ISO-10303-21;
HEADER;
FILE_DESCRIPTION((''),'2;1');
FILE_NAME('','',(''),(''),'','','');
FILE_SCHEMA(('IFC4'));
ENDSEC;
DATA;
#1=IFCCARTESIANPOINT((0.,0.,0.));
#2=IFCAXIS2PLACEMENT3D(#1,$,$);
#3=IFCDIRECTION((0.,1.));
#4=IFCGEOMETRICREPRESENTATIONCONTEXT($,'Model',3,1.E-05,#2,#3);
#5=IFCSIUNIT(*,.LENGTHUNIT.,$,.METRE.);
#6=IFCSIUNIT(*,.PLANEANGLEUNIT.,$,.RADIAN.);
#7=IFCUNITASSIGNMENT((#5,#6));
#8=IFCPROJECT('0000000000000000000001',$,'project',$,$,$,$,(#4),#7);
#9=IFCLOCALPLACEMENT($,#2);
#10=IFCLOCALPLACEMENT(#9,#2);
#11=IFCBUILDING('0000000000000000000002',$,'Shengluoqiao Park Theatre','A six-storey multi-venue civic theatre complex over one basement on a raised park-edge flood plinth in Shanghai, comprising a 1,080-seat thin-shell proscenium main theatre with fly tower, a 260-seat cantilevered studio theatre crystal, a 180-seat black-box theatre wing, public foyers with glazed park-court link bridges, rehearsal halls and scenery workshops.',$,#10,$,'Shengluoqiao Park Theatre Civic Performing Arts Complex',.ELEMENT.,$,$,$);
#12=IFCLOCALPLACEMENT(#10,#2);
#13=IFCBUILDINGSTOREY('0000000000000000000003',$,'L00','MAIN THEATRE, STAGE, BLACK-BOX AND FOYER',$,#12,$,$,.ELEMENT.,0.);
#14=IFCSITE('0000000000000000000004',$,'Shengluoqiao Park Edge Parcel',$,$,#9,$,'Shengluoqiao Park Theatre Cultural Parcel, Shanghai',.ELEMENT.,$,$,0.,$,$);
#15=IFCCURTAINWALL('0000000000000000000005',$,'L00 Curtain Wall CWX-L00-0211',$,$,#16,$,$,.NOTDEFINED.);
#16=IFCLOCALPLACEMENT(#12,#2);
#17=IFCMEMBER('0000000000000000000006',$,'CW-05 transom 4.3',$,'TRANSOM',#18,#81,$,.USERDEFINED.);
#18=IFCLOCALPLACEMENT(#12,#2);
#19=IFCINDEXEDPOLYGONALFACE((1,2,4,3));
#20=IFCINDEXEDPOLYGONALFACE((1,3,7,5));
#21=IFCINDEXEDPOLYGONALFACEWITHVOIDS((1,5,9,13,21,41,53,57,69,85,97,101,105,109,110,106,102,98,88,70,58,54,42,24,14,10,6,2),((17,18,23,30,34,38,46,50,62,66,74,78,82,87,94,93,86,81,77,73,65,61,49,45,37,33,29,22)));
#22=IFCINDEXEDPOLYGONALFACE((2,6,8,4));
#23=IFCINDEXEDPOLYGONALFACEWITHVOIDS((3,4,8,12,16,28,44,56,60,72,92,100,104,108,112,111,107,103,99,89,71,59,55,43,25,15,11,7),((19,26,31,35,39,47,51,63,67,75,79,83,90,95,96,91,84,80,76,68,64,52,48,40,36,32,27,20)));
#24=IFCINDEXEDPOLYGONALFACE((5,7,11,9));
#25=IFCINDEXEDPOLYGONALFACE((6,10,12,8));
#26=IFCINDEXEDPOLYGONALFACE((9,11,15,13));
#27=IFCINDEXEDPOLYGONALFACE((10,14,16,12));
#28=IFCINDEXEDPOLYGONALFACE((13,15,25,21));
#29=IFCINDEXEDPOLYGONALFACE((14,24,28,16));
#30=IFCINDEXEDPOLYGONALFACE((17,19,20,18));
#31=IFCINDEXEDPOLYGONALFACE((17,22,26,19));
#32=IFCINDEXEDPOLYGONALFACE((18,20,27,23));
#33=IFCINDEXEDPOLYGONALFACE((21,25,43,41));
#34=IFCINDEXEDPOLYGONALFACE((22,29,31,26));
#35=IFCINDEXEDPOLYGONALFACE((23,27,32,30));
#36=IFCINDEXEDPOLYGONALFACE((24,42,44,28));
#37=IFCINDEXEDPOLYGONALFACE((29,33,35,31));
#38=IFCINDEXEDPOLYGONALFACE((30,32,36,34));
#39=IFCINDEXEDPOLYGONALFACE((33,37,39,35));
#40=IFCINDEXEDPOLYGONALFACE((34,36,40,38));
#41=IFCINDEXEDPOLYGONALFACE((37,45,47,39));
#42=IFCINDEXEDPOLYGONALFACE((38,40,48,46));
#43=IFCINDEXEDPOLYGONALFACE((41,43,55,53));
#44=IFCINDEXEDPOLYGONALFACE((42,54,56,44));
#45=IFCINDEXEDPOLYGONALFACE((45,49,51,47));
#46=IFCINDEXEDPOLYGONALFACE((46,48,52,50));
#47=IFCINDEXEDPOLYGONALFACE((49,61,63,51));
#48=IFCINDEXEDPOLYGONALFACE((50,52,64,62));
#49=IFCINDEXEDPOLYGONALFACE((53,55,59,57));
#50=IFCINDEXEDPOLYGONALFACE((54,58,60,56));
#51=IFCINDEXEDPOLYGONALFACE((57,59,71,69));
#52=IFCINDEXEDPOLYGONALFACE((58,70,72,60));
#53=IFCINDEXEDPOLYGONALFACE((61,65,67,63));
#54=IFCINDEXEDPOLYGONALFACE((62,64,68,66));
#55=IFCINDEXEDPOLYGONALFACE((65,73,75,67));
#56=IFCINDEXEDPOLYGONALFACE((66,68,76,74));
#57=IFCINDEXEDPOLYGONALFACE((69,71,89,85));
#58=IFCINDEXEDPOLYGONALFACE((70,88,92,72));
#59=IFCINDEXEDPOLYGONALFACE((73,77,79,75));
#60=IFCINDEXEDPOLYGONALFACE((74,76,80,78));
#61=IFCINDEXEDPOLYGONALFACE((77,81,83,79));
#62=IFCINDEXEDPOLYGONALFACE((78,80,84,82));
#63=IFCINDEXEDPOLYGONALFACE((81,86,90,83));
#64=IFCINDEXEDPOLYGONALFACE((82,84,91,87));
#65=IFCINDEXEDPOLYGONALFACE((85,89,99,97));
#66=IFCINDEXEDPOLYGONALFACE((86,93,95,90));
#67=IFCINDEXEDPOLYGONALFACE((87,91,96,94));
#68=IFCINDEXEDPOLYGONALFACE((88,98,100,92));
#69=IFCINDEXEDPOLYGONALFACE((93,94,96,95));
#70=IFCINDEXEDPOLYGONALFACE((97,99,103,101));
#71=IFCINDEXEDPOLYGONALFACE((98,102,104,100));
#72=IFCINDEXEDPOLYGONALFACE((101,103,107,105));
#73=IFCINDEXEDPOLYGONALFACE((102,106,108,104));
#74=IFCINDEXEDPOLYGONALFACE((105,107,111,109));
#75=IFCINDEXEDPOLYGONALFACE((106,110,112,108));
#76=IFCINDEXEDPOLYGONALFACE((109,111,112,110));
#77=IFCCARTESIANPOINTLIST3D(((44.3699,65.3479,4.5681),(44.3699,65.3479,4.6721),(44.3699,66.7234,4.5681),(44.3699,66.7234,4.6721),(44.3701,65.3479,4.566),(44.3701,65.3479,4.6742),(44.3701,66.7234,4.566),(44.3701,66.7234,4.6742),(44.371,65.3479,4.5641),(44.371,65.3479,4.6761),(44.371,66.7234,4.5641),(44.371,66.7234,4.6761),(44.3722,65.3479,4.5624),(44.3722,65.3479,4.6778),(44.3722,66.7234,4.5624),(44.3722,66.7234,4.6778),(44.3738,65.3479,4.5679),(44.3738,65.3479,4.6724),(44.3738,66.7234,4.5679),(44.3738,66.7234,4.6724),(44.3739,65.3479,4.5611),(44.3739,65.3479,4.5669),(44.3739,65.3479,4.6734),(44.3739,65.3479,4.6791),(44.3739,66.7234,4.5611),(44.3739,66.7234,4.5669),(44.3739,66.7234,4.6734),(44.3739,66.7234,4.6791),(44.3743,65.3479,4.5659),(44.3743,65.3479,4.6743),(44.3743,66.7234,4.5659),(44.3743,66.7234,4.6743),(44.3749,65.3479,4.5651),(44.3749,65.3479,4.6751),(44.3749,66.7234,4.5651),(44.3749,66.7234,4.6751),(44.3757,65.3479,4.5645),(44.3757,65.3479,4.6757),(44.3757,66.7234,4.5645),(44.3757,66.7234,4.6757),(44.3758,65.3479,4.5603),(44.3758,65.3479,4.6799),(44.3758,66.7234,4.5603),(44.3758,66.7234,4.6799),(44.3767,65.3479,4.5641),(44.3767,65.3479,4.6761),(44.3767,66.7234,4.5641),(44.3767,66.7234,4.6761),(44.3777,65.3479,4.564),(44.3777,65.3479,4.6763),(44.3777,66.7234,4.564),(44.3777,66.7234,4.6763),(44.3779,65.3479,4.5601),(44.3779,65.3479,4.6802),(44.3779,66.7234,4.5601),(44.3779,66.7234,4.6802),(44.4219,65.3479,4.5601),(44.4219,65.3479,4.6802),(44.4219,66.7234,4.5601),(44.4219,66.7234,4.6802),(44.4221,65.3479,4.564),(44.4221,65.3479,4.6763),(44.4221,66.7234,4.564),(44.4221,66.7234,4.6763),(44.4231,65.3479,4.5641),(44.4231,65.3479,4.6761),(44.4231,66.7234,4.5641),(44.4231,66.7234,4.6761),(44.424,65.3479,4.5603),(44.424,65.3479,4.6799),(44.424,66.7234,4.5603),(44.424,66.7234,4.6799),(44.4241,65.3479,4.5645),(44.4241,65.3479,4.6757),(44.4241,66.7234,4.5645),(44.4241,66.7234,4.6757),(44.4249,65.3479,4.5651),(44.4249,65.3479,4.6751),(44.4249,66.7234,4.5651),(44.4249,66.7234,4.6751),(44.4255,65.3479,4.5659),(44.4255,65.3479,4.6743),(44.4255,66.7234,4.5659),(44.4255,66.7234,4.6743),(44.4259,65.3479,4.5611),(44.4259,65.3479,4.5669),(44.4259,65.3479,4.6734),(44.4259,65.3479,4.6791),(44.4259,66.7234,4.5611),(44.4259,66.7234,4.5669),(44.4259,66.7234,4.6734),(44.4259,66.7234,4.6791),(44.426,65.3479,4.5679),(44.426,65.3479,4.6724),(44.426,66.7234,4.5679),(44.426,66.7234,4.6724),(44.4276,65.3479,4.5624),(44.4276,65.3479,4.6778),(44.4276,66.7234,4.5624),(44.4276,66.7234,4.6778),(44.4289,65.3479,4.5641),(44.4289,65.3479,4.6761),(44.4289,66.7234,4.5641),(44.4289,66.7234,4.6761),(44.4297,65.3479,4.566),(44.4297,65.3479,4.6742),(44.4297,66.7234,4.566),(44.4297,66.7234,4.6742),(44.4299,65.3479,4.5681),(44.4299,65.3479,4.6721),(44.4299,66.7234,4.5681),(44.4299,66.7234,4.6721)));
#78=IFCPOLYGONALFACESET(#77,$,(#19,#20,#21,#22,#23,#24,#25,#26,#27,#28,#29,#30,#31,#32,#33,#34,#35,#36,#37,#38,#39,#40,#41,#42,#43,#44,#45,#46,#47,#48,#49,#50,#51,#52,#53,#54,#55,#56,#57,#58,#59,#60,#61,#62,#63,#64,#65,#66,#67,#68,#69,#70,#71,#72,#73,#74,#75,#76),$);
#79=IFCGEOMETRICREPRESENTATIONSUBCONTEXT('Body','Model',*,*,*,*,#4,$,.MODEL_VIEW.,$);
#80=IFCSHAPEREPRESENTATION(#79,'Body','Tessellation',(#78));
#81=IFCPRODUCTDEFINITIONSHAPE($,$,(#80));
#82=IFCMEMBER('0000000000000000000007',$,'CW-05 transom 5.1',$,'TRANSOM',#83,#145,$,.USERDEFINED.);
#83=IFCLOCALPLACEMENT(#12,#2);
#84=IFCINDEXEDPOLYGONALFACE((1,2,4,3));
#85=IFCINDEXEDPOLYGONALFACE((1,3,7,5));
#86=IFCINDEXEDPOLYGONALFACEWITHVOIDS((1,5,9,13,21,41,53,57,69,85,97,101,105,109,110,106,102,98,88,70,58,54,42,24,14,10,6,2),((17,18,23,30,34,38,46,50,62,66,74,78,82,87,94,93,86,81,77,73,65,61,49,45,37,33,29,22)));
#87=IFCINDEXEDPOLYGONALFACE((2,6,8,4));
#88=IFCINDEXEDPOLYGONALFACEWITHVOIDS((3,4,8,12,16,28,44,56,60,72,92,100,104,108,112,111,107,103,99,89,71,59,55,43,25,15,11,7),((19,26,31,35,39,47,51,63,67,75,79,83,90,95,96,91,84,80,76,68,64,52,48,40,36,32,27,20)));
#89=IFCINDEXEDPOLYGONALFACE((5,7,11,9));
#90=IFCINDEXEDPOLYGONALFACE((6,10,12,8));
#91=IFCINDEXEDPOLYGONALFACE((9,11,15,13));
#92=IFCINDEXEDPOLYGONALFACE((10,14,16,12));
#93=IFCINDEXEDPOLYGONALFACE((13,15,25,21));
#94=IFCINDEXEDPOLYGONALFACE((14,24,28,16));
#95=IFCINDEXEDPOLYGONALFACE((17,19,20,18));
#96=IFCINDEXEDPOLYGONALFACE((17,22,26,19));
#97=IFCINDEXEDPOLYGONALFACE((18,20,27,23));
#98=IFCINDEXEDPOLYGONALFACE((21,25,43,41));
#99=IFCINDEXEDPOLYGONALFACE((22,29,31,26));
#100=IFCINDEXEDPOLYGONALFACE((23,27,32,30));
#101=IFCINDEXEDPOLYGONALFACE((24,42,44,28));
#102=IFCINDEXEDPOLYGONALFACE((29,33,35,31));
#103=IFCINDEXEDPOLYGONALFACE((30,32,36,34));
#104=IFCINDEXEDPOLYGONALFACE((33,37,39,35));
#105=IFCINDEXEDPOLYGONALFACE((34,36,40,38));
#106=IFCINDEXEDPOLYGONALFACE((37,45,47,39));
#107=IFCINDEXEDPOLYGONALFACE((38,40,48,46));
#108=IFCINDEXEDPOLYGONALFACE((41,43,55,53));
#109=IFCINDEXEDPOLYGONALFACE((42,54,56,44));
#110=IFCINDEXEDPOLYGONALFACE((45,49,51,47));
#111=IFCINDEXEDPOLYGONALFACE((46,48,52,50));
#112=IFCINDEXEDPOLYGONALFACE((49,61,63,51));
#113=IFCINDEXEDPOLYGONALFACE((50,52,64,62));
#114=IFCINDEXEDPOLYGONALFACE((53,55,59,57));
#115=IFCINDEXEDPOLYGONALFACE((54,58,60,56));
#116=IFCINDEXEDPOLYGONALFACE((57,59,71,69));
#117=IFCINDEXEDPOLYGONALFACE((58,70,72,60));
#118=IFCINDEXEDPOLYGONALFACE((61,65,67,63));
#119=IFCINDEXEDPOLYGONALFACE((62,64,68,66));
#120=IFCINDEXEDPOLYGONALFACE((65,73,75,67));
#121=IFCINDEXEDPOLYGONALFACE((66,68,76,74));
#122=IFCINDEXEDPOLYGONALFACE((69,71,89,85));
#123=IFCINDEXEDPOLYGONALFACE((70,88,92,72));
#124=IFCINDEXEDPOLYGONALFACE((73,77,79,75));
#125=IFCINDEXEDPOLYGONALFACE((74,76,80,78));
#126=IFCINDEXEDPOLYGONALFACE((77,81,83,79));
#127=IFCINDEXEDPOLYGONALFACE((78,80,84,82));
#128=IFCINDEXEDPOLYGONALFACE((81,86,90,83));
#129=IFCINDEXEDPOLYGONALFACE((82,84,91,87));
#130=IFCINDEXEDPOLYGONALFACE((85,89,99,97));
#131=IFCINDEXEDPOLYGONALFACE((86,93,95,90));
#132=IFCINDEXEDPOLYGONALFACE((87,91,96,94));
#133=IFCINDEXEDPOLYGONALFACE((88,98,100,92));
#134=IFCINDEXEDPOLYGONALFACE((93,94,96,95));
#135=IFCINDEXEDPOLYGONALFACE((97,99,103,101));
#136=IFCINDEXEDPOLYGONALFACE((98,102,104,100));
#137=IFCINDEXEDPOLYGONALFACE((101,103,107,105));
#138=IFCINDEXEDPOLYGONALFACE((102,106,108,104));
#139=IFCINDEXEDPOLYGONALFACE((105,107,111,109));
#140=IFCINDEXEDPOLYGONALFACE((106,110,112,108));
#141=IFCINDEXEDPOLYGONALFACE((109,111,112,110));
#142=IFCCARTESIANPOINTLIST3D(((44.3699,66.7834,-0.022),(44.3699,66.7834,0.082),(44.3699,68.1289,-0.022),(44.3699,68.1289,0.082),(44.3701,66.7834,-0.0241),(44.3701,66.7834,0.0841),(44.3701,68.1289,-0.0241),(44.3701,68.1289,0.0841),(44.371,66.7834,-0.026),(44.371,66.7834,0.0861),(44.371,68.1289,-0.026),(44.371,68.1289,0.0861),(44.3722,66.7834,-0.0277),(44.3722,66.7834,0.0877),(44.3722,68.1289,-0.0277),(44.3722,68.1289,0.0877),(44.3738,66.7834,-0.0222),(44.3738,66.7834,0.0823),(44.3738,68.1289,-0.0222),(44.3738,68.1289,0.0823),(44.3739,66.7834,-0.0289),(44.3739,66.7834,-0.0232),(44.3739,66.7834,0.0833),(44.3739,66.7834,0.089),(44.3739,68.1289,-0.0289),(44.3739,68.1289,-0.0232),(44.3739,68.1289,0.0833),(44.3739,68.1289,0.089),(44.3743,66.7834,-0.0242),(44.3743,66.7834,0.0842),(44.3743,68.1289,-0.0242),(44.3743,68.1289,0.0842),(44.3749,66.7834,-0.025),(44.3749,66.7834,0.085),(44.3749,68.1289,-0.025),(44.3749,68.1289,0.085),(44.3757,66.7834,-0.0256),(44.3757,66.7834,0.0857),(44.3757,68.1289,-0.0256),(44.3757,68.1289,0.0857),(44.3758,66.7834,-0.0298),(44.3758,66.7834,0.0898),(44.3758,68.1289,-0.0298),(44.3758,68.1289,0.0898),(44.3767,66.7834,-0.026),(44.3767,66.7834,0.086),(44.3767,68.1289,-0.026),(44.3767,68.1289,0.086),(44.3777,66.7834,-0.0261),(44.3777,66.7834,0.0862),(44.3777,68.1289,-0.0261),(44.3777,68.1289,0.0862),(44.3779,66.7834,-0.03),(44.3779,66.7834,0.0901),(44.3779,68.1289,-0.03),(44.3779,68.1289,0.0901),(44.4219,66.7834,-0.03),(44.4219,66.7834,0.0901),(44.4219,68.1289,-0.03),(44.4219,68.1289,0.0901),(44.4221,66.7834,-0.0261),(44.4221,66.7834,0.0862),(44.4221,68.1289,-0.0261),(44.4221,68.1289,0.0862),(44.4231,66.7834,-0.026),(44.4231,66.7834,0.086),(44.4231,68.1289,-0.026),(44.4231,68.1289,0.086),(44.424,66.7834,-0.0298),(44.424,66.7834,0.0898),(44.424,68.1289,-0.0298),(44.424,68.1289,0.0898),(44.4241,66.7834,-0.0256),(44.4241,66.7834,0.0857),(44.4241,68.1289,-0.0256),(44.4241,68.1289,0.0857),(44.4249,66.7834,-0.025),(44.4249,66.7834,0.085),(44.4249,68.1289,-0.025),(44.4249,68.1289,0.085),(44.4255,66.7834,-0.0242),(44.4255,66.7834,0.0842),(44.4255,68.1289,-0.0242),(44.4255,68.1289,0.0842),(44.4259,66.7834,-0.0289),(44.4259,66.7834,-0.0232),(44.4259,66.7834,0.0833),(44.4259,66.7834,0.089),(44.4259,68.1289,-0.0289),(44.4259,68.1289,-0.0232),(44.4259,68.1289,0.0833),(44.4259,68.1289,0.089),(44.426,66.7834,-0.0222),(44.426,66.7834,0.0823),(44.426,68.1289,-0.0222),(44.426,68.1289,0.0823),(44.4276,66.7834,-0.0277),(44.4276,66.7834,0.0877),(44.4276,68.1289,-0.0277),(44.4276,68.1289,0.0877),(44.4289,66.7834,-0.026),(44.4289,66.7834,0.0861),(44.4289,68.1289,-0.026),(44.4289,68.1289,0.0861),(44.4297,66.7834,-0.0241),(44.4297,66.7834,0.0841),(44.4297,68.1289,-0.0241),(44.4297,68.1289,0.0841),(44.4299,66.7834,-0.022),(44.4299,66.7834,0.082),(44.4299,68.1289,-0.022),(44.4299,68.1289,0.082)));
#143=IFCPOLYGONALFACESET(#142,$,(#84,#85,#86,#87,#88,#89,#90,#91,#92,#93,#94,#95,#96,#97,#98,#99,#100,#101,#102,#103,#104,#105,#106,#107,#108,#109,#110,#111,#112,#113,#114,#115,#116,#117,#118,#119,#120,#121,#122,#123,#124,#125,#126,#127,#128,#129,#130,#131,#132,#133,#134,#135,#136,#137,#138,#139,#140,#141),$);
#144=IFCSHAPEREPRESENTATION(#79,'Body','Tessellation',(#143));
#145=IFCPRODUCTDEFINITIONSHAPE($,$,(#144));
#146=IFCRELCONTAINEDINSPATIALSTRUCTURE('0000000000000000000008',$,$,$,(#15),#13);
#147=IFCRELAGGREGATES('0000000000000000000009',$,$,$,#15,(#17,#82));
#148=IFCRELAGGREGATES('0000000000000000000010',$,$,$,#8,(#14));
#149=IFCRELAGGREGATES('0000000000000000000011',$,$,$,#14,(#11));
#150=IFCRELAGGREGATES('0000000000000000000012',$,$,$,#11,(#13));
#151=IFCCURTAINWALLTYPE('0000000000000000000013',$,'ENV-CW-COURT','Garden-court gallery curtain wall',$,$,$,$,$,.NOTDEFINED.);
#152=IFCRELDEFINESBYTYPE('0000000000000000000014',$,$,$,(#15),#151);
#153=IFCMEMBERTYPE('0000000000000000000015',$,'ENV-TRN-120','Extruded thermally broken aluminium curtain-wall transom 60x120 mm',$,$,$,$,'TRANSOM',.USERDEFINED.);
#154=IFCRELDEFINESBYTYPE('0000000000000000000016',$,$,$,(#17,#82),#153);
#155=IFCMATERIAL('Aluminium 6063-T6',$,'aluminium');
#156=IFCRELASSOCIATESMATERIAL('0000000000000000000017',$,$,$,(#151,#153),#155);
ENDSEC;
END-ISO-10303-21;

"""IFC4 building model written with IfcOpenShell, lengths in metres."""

from ifc_helpers import new_model, si_unit, direction, frame, origin, origin_2d, place, context, subcontext, project, spatial, hollow_rectangle, extrude, material, material_profile, profile_set, type_object, element, aggregate, save


model = new_model("IFC4")

# Units and contexts
model_context = context("Model", 3, precision=1e-05, world=origin(), true_north=direction((0.0, 1.0)))
body_context = subcontext(model_context, "Body", "Model", "MODEL_VIEW")
ifc_project = project(units=[si_unit("LENGTHUNIT", "METRE"), si_unit("PLANEANGLEUNIT", "RADIAN")], contexts=[model_context])

# Site, building, storey
site_placement = place(None, origin())
site = spatial("IfcSite", under=ifc_project, at=site_placement, Name="Shengluoqiao Park Edge Parcel", LongName="Shengluoqiao Park Theatre Cultural Parcel, Shanghai", CompositionType="ELEMENT", RefElevation=0.0)
building_placement = place(site_placement, origin())
building = spatial("IfcBuilding", under=site, at=building_placement, Name="Shengluoqiao Park Theatre", Description="A six-storey multi-venue civic theatre complex over one basement on a raised park-edge flood plinth in Shanghai, comprising a 1,080-seat thin-shell proscenium main theatre with fly tower, a 260-seat cantilevered studio theatre crystal, a 180-seat black-box theatre wing, public foyers with glazed park-court link bridges, rehearsal halls and scenery workshops.", LongName="Shengluoqiao Park Theatre Civic Performing Arts Complex", CompositionType="ELEMENT")
storey_placement = place(building_placement, origin())
storey = spatial("IfcBuildingStorey", under=building, at=storey_placement, Name="L00", Description="MAIN THEATRE, STAGE, BLACK-BOX AND FOYER", CompositionType="ELEMENT", Elevation=0.0)

# Curtain wall, members
ifc_material_1 = material(Name="Aluminium 6063-T6", Category="aluminium")
curtain_wall_type = type_object("IfcCurtainWallType", Name="ENV-CW-COURT", Description="Garden-court gallery curtain wall", PredefinedType="NOTDEFINED", material=ifc_material_1)
curtain_wall_placement = place(storey_placement, origin())
curtain_wall = element("IfcCurtainWall", 1, at=curtain_wall_placement, inside=storey, type_object=curtain_wall_type, Name="L00 Curtain Wall CWX-L00-0211", PredefinedType="NOTDEFINED")
ifc_material_profile_1 = material_profile(ifc_material_1, hollow_rectangle(XDim=0.0601, YDim=0.1201, WallThickness=0.0039, InnerFilletRadius=0.0039, OuterFilletRadius=0.0081, at=origin_2d()), Name="ALU TRANSOM 120x60x4")
ifc_profile_set_1 = profile_set([ifc_material_profile_1], Name="Aluminium 6063-T6")
member_type_1 = type_object("IfcMemberType", Name="ENV-TRN-120", Description="Extruded thermally broken aluminium curtain-wall transom 60x120 mm", ElementType="TRANSOM", PredefinedType="USERDEFINED", material=ifc_profile_set_1)
member_1_placement = place(storey_placement, frame((44.3999, 65.3479, 4.6201), z_axis=(0.0, 1.0, 0.0), x_axis=(-1.0, 0.0, 0.0)))
member_1 = element("IfcMember", 2, at=member_1_placement, type_object=member_type_1, Name="CW-05 transom 4.3", ObjectType="TRANSOM", PredefinedType="USERDEFINED", context=body_context, shape_type="SweptSolid", body=[
    extrude(hollow_rectangle(XDim=0.0601, YDim=0.1201, WallThickness=0.0039, InnerFilletRadius=0.0039, OuterFilletRadius=0.0081, at=origin_2d()), origin(), (0.0, 0.0, 1.0), 1.3755),
])
member_2_placement = place(storey_placement, frame((44.3999, 66.7834, 0.03), z_axis=(0.0, 1.0, 0.0), x_axis=(-1.0, 0.0, 0.0)))
member_2 = element("IfcMember", 3, at=member_2_placement, type_object=member_type_1, Name="CW-05 transom 5.1", ObjectType="TRANSOM", PredefinedType="USERDEFINED", context=body_context, shape_type="SweptSolid", body=[
    extrude(hollow_rectangle(XDim=0.0601, YDim=0.1201, WallThickness=0.0039, InnerFilletRadius=0.0039, OuterFilletRadius=0.0081, at=origin_2d()), origin(), (0.0, 0.0, 1.0), 1.3455),
])
aggregate(curtain_wall, [member_1, member_2])

save(model, "model.ifc")
